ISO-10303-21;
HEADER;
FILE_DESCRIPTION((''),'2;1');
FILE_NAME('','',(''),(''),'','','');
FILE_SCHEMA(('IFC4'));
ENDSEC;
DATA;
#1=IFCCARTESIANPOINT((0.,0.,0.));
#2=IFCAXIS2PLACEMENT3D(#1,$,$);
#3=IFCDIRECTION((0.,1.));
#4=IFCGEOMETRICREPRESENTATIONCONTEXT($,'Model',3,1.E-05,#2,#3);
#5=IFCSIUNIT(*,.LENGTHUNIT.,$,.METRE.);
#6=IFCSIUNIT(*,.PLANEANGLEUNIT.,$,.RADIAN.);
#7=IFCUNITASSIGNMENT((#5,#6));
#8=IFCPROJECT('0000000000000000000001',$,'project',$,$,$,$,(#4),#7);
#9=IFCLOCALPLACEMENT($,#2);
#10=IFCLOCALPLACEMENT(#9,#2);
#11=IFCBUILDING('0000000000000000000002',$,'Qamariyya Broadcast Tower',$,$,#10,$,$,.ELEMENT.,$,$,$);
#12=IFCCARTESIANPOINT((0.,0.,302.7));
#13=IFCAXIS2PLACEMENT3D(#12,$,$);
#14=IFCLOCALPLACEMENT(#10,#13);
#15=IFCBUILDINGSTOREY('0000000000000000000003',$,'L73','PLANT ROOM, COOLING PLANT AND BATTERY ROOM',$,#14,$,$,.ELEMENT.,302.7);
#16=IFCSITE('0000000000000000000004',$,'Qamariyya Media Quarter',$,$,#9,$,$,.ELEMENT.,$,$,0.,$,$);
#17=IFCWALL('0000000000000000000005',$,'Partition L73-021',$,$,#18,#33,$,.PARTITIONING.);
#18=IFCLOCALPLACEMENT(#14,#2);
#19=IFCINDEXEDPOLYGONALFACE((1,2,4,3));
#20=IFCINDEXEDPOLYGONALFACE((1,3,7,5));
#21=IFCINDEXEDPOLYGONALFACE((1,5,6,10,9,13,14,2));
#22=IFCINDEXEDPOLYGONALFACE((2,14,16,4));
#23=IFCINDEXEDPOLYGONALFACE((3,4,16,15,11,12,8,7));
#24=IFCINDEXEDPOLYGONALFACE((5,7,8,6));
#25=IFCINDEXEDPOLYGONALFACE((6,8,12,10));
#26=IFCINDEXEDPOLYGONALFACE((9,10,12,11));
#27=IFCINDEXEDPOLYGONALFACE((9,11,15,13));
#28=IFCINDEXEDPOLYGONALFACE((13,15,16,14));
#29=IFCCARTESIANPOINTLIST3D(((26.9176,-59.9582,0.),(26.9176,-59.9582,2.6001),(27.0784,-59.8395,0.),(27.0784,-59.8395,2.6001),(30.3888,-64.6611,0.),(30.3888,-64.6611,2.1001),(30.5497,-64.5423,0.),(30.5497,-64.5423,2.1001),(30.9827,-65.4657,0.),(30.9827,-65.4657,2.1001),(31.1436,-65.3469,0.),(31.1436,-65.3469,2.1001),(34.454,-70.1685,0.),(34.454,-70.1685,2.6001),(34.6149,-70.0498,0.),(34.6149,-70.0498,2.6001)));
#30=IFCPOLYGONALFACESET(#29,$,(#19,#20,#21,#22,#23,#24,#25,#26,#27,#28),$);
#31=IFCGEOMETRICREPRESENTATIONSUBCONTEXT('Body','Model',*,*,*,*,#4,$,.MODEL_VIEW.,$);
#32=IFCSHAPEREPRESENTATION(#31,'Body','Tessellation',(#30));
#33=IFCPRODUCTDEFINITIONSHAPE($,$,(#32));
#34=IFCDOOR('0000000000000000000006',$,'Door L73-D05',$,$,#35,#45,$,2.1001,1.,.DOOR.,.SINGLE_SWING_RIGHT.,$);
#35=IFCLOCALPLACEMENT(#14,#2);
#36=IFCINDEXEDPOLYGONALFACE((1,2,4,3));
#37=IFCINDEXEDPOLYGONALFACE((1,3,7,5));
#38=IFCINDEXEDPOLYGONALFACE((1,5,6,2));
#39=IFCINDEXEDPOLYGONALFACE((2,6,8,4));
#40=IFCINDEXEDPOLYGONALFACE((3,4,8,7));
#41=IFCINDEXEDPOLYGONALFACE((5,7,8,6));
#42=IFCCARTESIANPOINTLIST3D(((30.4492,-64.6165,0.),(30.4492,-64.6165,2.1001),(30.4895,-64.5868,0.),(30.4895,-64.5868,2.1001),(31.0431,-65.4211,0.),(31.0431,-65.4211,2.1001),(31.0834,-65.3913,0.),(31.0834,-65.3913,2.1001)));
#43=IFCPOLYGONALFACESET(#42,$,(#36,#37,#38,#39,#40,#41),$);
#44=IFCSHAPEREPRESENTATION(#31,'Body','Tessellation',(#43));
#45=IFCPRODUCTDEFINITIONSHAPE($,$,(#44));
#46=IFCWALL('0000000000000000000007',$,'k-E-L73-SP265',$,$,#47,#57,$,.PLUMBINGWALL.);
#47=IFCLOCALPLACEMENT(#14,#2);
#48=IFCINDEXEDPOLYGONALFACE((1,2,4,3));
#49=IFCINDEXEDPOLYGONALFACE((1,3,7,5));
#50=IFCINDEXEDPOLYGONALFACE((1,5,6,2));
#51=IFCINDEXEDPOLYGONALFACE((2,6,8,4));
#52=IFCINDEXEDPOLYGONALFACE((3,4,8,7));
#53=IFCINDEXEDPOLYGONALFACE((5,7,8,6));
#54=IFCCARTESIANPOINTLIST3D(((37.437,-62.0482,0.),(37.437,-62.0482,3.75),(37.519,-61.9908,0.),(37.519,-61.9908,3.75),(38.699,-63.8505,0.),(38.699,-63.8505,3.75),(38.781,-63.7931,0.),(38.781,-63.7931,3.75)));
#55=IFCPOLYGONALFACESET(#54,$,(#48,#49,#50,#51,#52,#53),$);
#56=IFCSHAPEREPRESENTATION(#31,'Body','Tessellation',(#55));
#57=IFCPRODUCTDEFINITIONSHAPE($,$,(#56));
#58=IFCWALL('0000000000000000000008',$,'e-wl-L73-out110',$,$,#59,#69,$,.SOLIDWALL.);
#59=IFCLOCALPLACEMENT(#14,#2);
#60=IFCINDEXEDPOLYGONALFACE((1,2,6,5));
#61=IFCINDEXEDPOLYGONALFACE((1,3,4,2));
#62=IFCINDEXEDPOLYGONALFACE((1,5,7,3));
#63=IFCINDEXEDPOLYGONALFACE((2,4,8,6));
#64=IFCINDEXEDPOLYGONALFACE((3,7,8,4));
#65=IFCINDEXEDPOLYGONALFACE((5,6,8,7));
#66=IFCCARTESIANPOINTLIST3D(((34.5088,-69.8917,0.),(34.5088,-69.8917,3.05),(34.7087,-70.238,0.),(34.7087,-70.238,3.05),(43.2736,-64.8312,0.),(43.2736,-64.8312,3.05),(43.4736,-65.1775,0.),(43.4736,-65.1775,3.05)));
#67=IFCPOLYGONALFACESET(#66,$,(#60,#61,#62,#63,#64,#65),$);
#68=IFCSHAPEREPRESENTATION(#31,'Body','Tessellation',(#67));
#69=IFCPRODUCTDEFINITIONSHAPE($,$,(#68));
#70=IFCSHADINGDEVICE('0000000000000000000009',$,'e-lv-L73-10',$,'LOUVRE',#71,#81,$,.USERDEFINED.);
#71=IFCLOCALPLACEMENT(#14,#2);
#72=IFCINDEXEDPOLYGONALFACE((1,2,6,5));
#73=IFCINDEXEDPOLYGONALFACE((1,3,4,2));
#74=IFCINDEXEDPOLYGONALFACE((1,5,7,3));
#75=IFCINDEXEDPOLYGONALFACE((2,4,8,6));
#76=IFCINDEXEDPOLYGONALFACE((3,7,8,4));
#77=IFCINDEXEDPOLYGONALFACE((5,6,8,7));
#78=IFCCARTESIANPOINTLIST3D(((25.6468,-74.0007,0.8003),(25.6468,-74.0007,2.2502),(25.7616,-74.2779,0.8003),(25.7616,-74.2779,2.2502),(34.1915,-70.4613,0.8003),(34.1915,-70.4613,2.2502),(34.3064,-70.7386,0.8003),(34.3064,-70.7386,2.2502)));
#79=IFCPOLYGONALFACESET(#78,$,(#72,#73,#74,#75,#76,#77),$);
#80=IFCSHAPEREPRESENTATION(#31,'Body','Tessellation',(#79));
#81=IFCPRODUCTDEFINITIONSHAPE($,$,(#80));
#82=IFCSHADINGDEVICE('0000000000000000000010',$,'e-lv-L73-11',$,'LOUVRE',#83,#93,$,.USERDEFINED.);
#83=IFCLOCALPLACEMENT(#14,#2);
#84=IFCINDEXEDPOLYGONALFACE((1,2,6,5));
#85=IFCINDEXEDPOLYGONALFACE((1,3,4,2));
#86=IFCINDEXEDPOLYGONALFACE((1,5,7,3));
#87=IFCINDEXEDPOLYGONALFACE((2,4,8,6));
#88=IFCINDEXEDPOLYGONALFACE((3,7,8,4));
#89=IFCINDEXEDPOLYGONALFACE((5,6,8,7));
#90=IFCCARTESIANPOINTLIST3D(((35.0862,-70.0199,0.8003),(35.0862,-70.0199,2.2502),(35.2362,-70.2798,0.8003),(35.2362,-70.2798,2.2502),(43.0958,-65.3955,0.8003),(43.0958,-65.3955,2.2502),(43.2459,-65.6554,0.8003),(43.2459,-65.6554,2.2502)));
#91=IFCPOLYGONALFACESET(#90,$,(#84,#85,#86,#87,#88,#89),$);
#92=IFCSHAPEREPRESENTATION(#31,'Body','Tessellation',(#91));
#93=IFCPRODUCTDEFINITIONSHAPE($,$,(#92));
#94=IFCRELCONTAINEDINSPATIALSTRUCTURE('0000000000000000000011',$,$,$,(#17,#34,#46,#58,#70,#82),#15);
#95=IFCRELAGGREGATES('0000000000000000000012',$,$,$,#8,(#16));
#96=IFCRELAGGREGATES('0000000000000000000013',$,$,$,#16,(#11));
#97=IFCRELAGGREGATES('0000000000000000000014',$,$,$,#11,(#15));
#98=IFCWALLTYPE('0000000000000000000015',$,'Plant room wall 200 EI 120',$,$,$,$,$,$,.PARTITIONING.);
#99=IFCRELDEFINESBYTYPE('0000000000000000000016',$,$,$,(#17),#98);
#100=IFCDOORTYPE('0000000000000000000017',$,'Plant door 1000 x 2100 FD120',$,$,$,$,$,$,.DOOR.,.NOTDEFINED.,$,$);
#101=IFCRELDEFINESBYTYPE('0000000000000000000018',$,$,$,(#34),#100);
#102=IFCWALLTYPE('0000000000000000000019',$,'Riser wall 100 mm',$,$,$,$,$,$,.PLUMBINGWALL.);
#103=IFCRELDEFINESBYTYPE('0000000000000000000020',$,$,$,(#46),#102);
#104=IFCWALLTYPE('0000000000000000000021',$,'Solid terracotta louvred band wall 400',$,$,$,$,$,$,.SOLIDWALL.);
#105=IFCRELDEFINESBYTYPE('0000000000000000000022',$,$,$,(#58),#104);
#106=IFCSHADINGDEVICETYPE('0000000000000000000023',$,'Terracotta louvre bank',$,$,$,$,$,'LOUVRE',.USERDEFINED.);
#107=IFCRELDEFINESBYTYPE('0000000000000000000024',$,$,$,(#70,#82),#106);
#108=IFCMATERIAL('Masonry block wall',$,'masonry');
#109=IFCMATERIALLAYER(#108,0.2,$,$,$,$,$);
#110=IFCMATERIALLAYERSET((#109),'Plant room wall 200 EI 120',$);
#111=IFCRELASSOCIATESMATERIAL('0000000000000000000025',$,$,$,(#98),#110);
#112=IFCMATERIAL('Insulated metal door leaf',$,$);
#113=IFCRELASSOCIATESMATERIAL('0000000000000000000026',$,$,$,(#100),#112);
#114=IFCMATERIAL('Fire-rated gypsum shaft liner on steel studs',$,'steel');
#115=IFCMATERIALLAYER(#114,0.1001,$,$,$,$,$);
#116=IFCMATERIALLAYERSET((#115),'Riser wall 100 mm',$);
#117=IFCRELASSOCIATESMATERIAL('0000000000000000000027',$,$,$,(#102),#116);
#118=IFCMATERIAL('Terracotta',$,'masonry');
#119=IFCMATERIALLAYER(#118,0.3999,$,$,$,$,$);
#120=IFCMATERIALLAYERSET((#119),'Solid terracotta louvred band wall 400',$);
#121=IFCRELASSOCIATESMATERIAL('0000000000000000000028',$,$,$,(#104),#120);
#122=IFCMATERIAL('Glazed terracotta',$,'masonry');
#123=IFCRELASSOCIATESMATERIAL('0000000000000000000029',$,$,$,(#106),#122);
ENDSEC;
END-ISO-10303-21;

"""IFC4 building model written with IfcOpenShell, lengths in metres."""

from ifc_helpers import new_model, si_unit, direction, frame, frame_2d, origin, origin_2d, place, context, subcontext, project, spatial, rectangle, extrude, material, layer, layer_set, type_object, element, fill, save


model = new_model("IFC4")

# Units and contexts
model_context = context("Model", 3, precision=1e-05, world=origin(), true_north=direction((0.0, 1.0)))
body_context = subcontext(model_context, "Body", "Model", "MODEL_VIEW")
ifc_project = project(units=[si_unit("LENGTHUNIT", "METRE"), si_unit("PLANEANGLEUNIT", "RADIAN")], contexts=[model_context])

# Site, building, storey
site_placement = place(None, origin())
site = spatial("IfcSite", under=ifc_project, at=site_placement, Name="Qamariyya Media Quarter", CompositionType="ELEMENT", RefElevation=0.0)
building_placement = place(site_placement, origin())
building = spatial("IfcBuilding", under=site, at=building_placement, Name="Qamariyya Broadcast Tower", CompositionType="ELEMENT")
storey_placement = place(building_placement, frame((0.0, 0.0, 302.7)))
storey = spatial("IfcBuildingStorey", under=building, at=storey_placement, Name="L73", Description="PLANT ROOM, COOLING PLANT AND BATTERY ROOM", CompositionType="ELEMENT", Elevation=302.7)

# Wall, opening, door
ifc_material_1 = material(Name="Masonry block wall", Category="masonry")
ifc_layer_1 = layer(ifc_material_1, 0.2)
ifc_layer_set_1 = layer_set([ifc_layer_1], Name="Plant room wall 200 EI 120")
wall_type_1 = type_object("IfcWallType", Name="Plant room wall 200 EI 120", PredefinedType="PARTITIONING", material=ifc_layer_set_1)
wall_1_placement = place(storey_placement, frame((34.5344, -70.1091, 0.0), z_axis=(0.0, 0.0, 1.0), x_axis=(-0.593866, 0.804564, 0.0)))
wall_1 = element("IfcWall", 1, at=wall_1_placement, inside=storey, type_object=wall_type_1, Name="Partition L73-021", PredefinedType="PARTITIONING", context=body_context, shape_type="SweptSolid", body=[
    extrude(rectangle(XDim=12.6904, YDim=0.2, at=frame_2d((6.3452, 0.0))), origin(), (0.0, 0.0, 1.0), 2.6001),
])
opening_1_placement = place(wall_1_placement, frame((5.8452, 0.0, 0.0)))
opening_1 = element("IfcOpeningElement", 2, at=opening_1_placement, cuts=wall_1, PredefinedType="OPENING", context=body_context, shape_type="SweptSolid", body=[
    extrude(rectangle(XDim=1.0, YDim=2.1001, at=frame_2d((0.5, 1.05))), frame((0.0, 0.1099, 0.0), z_axis=(0.0, -1.0, 0.0), x_axis=(1.0, 0.0, 0.0)), (0.0, 0.0, 1.0), 0.22),
])
ifc_material_2 = material(Name="Insulated metal door leaf")
door_type_1 = type_object("IfcDoorType", Name="Plant door 1000 x 2100 FD120", OperationType="NOTDEFINED", PredefinedType="DOOR", material=ifc_material_2)
door_1_placement = place(opening_1_placement, origin())
door_1 = element("IfcDoor", 3, at=door_1_placement, inside=storey, type_object=door_type_1, Name="Door L73-D05", OperationType="SINGLE_SWING_RIGHT", OverallHeight=2.1001, OverallWidth=1.0, PredefinedType="DOOR", context=body_context, shape_type="SweptSolid", body=[
    extrude(rectangle(XDim=1.0, YDim=2.1001, at=frame_2d((0.5, 1.05))), frame((0.0, 0.0249, 0.0), z_axis=(0.0, -1.0, 0.0), x_axis=(1.0, 0.0, 0.0)), (0.0, 0.0, 1.0), 0.05),
])
fill(opening_1, door_1)

# Walls
ifc_material_3 = material(Name="Fire-rated gypsum shaft liner on steel studs", Category="steel")
ifc_layer_2 = layer(ifc_material_3, 0.1001)
ifc_layer_set_2 = layer_set([ifc_layer_2], Name="Riser wall 100 mm")
wall_type_2 = type_object("IfcWallType", Name="Riser wall 100 mm", PredefinedType="PLUMBINGWALL", material=ifc_layer_set_2)
wall_2_placement = place(storey_placement, frame((37.478, -62.0195, 0.0), z_axis=(0.0, 0.0, 1.0), x_axis=(0.573581, -0.819149, 0.0)))
element("IfcWall", 4, at=wall_2_placement, inside=storey, type_object=wall_type_2, Name="k-E-L73-SP265", PredefinedType="PLUMBINGWALL", context=body_context, shape_type="SweptSolid", body=[
    extrude(rectangle(XDim=2.2002, YDim=0.1001, at=frame_2d((1.1001, 0.0))), origin(), (0.0, 0.0, 1.0), 3.75),
])
ifc_material_4 = material(Name="Terracotta", Category="masonry")
ifc_layer_3 = layer(ifc_material_4, 0.3999)
ifc_layer_set_3 = layer_set([ifc_layer_3], Name="Solid terracotta louvred band wall 400")
wall_type_3 = type_object("IfcWallType", Name="Solid terracotta louvred band wall 400", PredefinedType="SOLIDWALL", material=ifc_layer_set_3)
wall_3_placement = place(storey_placement, frame((34.6086, -70.0649, 0.0), z_axis=(0.0, 0.0, 1.0), x_axis=(0.86602, 0.50001, 0.0)))
element("IfcWall", 5, at=wall_3_placement, inside=storey, type_object=wall_type_3, Name="e-wl-L73-out110", PredefinedType="SOLIDWALL", context=body_context, shape_type="SweptSolid", body=[
    extrude(rectangle(XDim=10.1208, YDim=0.3999, at=frame_2d((5.0605, 0.0))), origin(), (0.0, 0.0, 1.0), 3.05),
])

# Shading devices
ifc_material_5 = material(Name="Glazed terracotta", Category="masonry")
shading_device_type = type_object("IfcShadingDeviceType", Name="Terracotta louvre bank", ElementType="LOUVRE", PredefinedType="USERDEFINED", material=ifc_material_5)
for number, where, z_axis, x_axis, name in (
    (6, (29.9766, -72.3696, 0.8003), (0.0, 0.0, 1.0), (0.92388, 0.382683, 0.0), "e-lv-L73-10"),
    (7, (39.166, -67.8376, 0.8003), (0.0, 0.0, 1.0), (0.866025, 0.5, 0.0), "e-lv-L73-11"),
):
    element("IfcShadingDevice", number, at=place(storey_placement, frame(where, z_axis=z_axis, x_axis=x_axis)), inside=storey, type_object=shading_device_type, Name=name, ObjectType="LOUVRE", PredefinedType="USERDEFINED", context=body_context, shape_type="SweptSolid", body=[
        extrude(rectangle(XDim=9.2488, YDim=0.3, at=origin_2d()), origin(), (0.0, 0.0, 1.0), 1.45),
    ])

save(model, "model.ifc")
